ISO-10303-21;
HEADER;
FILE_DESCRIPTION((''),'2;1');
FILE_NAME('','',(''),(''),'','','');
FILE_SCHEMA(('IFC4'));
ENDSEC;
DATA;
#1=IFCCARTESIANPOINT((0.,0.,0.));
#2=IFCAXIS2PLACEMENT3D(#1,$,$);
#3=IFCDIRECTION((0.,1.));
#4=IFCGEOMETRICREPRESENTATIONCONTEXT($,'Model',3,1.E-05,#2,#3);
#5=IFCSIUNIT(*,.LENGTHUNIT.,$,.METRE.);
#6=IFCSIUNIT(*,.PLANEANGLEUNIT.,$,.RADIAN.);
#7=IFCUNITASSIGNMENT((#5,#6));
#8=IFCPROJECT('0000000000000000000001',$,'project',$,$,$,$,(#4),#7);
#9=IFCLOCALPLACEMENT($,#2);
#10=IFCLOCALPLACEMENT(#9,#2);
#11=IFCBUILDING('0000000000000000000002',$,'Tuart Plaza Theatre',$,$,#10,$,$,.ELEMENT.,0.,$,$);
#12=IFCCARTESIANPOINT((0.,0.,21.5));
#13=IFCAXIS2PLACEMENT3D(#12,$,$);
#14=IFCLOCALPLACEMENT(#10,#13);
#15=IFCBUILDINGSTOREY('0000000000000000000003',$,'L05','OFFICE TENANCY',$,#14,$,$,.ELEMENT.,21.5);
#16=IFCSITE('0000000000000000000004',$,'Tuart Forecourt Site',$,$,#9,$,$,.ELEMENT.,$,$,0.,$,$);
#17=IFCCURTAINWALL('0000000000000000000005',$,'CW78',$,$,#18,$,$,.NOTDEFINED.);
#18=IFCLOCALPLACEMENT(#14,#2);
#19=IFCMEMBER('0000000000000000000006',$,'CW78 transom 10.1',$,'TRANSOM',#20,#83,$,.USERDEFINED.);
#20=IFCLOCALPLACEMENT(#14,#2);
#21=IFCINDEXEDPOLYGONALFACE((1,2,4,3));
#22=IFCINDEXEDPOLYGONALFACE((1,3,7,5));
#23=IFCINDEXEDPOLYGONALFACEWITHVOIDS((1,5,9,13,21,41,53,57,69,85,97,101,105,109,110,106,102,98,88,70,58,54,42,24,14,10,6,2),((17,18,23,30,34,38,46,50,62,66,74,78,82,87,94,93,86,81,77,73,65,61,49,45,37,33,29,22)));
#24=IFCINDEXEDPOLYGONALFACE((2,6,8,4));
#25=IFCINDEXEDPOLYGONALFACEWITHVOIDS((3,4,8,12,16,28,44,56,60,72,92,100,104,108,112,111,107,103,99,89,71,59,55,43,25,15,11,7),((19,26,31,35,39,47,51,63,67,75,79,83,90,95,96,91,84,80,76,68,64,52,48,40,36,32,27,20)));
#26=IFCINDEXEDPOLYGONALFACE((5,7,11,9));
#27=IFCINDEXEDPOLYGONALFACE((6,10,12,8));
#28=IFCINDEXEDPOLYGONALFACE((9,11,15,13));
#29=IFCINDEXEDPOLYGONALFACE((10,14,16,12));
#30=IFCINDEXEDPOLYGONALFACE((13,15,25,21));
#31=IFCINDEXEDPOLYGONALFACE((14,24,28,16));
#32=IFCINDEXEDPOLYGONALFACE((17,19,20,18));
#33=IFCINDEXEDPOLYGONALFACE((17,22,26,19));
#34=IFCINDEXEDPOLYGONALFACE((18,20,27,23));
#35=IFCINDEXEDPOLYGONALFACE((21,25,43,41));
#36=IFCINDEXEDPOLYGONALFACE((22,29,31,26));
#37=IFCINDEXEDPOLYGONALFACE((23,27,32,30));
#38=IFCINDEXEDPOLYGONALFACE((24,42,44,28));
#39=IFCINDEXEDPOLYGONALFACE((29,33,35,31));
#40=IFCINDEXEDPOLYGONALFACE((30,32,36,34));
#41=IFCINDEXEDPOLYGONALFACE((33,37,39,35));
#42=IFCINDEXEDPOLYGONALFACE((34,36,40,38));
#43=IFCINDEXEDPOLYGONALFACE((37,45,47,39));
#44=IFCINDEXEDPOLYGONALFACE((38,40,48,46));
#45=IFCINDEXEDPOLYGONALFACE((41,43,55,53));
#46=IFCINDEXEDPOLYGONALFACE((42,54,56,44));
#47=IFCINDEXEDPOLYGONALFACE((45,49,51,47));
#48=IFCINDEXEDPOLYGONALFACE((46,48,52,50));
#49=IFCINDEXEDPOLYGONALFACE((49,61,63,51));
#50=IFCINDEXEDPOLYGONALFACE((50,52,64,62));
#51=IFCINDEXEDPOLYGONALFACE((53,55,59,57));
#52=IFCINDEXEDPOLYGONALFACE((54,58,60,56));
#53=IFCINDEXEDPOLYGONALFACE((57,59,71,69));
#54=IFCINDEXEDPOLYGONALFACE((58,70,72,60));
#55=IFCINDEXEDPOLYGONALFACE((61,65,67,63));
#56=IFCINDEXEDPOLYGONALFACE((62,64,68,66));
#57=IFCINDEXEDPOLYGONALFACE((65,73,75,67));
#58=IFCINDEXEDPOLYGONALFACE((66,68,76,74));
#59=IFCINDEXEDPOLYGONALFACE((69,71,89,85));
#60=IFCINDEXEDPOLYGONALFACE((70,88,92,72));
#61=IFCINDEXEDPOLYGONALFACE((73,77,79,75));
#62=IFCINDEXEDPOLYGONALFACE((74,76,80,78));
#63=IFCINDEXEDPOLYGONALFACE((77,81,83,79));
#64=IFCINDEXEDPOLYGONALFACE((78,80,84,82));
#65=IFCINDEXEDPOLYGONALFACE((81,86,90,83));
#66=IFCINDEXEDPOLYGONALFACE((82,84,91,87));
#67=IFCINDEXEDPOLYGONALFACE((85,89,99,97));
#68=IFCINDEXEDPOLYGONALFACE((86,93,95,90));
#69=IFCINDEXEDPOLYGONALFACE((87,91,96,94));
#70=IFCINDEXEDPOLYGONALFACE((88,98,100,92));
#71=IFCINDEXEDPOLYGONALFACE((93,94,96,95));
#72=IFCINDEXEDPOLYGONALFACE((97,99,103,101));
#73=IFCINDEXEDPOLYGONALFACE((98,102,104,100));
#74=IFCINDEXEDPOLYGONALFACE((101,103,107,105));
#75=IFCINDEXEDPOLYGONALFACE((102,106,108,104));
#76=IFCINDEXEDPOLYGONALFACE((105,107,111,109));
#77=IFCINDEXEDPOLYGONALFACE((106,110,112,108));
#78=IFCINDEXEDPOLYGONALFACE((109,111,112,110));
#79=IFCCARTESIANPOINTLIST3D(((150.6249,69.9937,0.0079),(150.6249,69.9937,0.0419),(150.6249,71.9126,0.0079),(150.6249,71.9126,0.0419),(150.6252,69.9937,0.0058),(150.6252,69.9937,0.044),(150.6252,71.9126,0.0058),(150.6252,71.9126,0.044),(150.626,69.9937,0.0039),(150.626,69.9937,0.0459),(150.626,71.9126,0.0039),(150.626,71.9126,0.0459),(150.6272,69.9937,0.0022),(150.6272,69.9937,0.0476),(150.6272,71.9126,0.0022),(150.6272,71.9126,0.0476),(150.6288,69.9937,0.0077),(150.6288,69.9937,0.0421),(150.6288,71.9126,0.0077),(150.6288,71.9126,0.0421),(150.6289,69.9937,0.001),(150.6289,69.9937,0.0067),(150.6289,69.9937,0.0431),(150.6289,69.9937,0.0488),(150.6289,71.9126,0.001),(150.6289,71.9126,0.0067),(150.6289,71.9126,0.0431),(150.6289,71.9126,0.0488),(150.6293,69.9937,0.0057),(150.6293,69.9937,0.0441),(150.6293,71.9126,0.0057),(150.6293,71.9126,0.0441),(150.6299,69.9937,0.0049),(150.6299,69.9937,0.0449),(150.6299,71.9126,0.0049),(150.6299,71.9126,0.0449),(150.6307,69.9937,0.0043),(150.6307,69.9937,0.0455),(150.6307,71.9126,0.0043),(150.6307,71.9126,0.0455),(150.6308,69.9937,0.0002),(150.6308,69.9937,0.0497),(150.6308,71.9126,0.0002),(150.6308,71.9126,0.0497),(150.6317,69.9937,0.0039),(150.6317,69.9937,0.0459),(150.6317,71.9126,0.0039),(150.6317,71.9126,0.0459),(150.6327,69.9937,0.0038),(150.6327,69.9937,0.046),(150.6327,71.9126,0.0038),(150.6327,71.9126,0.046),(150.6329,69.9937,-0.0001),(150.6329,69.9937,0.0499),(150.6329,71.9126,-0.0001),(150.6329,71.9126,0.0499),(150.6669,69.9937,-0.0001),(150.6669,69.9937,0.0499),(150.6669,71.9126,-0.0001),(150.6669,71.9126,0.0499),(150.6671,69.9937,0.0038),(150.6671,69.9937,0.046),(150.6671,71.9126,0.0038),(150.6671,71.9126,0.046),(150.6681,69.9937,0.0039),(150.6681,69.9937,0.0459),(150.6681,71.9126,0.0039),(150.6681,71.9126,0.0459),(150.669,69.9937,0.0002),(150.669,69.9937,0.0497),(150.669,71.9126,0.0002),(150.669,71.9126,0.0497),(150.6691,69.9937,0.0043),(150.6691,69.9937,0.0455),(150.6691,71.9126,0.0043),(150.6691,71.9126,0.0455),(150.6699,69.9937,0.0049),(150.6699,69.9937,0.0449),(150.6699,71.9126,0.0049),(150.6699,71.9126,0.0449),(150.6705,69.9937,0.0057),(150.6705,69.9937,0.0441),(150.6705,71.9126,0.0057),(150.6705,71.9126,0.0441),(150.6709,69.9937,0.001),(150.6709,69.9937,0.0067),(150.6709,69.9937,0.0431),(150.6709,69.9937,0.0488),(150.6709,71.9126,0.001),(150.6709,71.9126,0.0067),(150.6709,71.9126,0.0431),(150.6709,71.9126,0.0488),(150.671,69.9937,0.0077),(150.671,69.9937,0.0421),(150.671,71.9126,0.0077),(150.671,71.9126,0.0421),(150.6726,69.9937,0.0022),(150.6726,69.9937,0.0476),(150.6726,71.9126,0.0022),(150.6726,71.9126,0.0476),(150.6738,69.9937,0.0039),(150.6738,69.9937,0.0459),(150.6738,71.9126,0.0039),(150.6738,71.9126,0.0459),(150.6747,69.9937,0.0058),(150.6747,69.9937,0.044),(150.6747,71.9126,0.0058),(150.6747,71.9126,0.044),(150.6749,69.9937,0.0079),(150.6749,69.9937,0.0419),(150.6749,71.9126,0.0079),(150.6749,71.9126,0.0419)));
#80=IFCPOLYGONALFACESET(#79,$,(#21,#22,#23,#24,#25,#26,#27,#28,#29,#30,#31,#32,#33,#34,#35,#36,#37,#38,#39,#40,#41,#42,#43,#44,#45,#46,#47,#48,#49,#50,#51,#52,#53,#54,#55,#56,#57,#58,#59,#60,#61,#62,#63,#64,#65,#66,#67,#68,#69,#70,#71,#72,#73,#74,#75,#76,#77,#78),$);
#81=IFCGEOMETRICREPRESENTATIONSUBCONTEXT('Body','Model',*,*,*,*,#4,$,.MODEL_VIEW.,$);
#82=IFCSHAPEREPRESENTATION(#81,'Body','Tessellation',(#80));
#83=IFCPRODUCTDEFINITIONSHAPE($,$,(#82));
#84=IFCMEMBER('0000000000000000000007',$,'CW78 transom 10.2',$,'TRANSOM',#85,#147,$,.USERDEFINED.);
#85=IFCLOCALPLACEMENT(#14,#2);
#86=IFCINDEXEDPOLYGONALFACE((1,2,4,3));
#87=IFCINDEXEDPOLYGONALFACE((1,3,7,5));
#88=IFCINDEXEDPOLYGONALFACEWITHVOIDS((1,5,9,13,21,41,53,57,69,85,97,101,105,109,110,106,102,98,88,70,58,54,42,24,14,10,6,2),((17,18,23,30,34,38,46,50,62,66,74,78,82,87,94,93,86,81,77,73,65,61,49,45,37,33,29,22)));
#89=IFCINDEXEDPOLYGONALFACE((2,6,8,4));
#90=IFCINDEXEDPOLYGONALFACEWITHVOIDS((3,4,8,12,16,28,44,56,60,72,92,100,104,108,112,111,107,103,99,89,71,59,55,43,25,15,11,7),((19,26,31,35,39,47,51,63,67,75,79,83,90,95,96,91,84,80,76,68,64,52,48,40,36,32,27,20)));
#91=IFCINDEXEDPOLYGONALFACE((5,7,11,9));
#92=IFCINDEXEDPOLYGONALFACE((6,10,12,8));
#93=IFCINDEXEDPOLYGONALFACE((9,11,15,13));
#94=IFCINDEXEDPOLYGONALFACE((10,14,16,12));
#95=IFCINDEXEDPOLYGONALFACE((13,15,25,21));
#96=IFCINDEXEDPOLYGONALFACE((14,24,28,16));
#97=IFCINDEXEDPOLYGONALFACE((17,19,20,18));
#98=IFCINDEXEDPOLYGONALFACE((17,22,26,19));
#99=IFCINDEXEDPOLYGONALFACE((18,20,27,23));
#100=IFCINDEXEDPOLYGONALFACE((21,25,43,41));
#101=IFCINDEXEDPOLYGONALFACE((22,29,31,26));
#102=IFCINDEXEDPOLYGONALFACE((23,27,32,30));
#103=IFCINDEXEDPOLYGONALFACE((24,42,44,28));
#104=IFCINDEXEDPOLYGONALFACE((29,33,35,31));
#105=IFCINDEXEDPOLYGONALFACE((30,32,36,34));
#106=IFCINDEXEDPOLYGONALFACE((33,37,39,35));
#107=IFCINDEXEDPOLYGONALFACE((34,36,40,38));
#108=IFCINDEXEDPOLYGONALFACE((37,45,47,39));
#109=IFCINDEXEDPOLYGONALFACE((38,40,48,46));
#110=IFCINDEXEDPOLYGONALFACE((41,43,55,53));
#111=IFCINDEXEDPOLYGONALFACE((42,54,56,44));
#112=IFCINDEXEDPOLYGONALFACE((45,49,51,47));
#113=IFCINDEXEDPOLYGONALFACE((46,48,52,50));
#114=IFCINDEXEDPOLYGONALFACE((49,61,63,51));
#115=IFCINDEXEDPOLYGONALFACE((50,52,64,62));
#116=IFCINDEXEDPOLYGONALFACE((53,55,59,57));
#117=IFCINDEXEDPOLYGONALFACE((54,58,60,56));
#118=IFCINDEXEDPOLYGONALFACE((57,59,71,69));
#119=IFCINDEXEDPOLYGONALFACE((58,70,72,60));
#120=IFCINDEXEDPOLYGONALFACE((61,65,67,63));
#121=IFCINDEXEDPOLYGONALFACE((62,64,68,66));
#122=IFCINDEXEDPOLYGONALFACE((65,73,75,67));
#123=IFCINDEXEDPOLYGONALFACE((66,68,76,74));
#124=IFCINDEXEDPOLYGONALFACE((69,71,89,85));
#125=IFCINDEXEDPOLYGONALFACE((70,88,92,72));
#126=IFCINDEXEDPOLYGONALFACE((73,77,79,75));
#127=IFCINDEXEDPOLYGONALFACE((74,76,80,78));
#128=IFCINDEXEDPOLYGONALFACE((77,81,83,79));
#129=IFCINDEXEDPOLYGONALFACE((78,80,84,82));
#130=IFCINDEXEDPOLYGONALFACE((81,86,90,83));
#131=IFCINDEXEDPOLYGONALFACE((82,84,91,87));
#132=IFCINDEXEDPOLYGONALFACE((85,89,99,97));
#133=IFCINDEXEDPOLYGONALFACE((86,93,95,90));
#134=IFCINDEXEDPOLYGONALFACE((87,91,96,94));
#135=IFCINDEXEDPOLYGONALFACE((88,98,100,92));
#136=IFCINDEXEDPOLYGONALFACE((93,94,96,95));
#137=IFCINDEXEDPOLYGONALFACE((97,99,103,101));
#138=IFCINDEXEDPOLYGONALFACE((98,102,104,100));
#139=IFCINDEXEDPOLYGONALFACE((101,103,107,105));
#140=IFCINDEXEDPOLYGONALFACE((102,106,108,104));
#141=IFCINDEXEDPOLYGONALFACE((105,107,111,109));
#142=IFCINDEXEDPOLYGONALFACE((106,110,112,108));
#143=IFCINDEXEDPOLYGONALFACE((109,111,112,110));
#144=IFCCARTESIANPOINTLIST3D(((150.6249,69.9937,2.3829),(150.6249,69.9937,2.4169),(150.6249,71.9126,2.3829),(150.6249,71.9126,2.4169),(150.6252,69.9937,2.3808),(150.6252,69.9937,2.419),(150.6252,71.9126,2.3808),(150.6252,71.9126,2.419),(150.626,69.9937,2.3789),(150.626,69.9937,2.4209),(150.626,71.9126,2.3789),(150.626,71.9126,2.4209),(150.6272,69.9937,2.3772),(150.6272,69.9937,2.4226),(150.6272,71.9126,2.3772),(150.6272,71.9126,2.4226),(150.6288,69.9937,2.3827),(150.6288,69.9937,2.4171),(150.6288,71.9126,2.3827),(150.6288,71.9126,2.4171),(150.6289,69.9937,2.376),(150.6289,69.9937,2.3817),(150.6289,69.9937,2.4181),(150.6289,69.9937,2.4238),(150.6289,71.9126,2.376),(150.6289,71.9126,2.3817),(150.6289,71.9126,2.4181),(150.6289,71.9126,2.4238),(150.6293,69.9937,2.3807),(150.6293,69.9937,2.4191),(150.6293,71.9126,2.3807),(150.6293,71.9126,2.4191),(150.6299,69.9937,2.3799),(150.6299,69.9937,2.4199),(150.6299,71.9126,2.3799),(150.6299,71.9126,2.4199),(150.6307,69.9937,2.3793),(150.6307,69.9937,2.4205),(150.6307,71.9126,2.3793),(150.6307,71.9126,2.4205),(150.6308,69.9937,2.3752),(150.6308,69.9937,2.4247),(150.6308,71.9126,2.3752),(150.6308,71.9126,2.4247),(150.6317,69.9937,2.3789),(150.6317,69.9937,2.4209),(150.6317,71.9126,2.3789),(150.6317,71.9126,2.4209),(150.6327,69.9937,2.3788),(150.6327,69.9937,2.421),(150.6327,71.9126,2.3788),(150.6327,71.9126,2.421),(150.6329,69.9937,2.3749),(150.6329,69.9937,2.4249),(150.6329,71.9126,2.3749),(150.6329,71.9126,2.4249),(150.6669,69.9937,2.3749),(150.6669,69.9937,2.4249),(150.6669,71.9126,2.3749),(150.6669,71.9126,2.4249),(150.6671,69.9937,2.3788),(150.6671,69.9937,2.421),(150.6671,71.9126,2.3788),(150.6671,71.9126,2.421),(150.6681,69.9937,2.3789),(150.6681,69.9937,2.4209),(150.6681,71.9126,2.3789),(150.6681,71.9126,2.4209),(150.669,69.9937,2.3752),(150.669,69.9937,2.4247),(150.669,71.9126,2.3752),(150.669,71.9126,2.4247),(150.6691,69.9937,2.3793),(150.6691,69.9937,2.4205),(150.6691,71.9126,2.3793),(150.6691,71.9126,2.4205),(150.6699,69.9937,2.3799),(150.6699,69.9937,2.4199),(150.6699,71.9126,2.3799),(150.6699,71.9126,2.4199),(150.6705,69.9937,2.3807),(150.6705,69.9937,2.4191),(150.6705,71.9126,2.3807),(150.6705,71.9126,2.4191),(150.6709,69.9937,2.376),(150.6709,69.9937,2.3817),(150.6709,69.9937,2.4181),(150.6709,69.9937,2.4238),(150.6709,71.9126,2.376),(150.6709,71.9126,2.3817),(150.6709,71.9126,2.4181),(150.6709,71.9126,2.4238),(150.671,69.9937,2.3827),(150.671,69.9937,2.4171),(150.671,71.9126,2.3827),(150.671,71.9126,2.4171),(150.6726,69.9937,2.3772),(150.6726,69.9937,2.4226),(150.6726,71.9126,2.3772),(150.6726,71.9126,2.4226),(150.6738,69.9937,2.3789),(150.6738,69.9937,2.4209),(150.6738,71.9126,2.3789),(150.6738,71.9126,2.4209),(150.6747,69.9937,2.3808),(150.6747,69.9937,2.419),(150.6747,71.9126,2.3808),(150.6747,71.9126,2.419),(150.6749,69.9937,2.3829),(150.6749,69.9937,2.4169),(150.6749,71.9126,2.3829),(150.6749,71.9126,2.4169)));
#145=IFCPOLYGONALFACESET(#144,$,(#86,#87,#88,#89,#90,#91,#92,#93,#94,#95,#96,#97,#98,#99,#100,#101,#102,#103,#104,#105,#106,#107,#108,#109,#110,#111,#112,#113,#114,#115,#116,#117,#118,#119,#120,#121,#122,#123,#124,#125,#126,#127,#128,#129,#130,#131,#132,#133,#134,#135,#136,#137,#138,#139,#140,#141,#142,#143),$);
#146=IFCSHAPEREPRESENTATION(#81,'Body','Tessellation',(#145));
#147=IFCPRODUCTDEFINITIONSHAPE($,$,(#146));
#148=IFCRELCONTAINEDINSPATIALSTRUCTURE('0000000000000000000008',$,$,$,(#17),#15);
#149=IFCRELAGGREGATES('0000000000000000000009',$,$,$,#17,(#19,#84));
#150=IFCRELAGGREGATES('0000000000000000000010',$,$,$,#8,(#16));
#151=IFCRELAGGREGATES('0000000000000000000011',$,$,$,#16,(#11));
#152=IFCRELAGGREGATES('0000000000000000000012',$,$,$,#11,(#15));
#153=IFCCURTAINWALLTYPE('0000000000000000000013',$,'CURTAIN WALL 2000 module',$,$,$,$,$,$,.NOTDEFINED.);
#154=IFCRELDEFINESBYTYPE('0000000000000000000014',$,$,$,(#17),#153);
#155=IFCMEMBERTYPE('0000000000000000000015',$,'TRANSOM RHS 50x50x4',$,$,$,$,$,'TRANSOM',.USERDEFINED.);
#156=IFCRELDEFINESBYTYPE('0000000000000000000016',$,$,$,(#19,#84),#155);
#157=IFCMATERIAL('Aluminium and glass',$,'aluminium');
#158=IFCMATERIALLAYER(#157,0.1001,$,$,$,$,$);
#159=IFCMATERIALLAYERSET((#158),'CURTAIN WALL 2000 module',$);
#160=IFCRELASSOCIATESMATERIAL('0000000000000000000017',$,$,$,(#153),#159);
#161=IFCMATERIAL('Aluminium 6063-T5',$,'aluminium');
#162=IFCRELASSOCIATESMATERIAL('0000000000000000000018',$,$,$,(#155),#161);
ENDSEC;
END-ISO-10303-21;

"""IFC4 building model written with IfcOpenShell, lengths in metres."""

from ifc_helpers import new_model, si_unit, direction, frame, origin, origin_2d, place, context, subcontext, project, spatial, hollow_rectangle, extrude, material, layer, layer_set, material_profile, profile_set, type_object, element, aggregate, save


model = new_model("IFC4")

# Units and contexts
model_context = context("Model", 3, precision=1e-05, world=origin(), true_north=direction((0.0, 1.0)))
body_context = subcontext(model_context, "Body", "Model", "MODEL_VIEW")
ifc_project = project(units=[si_unit("LENGTHUNIT", "METRE"), si_unit("PLANEANGLEUNIT", "RADIAN")], contexts=[model_context])

# Site, building, storey
site_placement = place(None, origin())
site = spatial("IfcSite", under=ifc_project, at=site_placement, Name="Tuart Forecourt Site", CompositionType="ELEMENT", RefElevation=0.0)
building_placement = place(site_placement, origin())
building = spatial("IfcBuilding", under=site, at=building_placement, Name="Tuart Plaza Theatre", CompositionType="ELEMENT", ElevationOfRefHeight=0.0)
storey_placement = place(building_placement, frame((0.0, 0.0, 21.5)))
storey = spatial("IfcBuildingStorey", under=building, at=storey_placement, Name="L05", Description="OFFICE TENANCY", CompositionType="ELEMENT", Elevation=21.5)

# Curtain wall, members
ifc_material_1 = material(Name="Aluminium and glass", Category="aluminium")
ifc_layer_1 = layer(ifc_material_1, 0.1001)
ifc_layer_set_1 = layer_set([ifc_layer_1], Name="CURTAIN WALL 2000 module")
curtain_wall_type = type_object("IfcCurtainWallType", Name="CURTAIN WALL 2000 module", PredefinedType="NOTDEFINED", material=ifc_layer_set_1)
curtain_wall_placement = place(storey_placement, origin())
curtain_wall = element("IfcCurtainWall", 1, at=curtain_wall_placement, inside=storey, type_object=curtain_wall_type, Name="CW78", PredefinedType="NOTDEFINED")
ifc_material_2 = material(Name="Aluminium 6063-T5", Category="aluminium")
ifc_material_profile_1 = material_profile(ifc_material_2, hollow_rectangle(XDim=0.05, YDim=0.05, WallThickness=0.0039, InnerFilletRadius=0.0039, OuterFilletRadius=0.0081, at=origin_2d()), Name="RHS 50x50x4")
ifc_profile_set_1 = profile_set([ifc_material_profile_1], Name="Aluminium 6063-T5")
member_type_1 = type_object("IfcMemberType", Name="TRANSOM RHS 50x50x4", ElementType="TRANSOM", PredefinedType="USERDEFINED", material=ifc_profile_set_1)
member_1_placement = place(storey_placement, frame((150.6499, 69.9937, 0.0249), z_axis=(0.0, 1.0, 0.0), x_axis=(-1.0, 0.0, 0.0)))
member_1 = element("IfcMember", 2, at=member_1_placement, type_object=member_type_1, Name="CW78 transom 10.1", ObjectType="TRANSOM", PredefinedType="USERDEFINED", context=body_context, shape_type="SweptSolid", body=[
    extrude(hollow_rectangle(XDim=0.05, YDim=0.05, WallThickness=0.0039, InnerFilletRadius=0.0039, OuterFilletRadius=0.0081, at=origin_2d()), origin(), (0.0, 0.0, 1.0), 1.9189),
])
member_2_placement = place(storey_placement, frame((150.6499, 69.9937, 2.3999), z_axis=(0.0, 1.0, 0.0), x_axis=(-1.0, 0.0, 0.0)))
member_2 = element("IfcMember", 3, at=member_2_placement, type_object=member_type_1, Name="CW78 transom 10.2", ObjectType="TRANSOM", PredefinedType="USERDEFINED", context=body_context, shape_type="SweptSolid", body=[
    extrude(hollow_rectangle(XDim=0.05, YDim=0.05, WallThickness=0.0039, InnerFilletRadius=0.0039, OuterFilletRadius=0.0081, at=origin_2d()), origin(), (0.0, 0.0, 1.0), 1.9189),
])
aggregate(curtain_wall, [member_1, member_2])

save(model, "model.ifc")
